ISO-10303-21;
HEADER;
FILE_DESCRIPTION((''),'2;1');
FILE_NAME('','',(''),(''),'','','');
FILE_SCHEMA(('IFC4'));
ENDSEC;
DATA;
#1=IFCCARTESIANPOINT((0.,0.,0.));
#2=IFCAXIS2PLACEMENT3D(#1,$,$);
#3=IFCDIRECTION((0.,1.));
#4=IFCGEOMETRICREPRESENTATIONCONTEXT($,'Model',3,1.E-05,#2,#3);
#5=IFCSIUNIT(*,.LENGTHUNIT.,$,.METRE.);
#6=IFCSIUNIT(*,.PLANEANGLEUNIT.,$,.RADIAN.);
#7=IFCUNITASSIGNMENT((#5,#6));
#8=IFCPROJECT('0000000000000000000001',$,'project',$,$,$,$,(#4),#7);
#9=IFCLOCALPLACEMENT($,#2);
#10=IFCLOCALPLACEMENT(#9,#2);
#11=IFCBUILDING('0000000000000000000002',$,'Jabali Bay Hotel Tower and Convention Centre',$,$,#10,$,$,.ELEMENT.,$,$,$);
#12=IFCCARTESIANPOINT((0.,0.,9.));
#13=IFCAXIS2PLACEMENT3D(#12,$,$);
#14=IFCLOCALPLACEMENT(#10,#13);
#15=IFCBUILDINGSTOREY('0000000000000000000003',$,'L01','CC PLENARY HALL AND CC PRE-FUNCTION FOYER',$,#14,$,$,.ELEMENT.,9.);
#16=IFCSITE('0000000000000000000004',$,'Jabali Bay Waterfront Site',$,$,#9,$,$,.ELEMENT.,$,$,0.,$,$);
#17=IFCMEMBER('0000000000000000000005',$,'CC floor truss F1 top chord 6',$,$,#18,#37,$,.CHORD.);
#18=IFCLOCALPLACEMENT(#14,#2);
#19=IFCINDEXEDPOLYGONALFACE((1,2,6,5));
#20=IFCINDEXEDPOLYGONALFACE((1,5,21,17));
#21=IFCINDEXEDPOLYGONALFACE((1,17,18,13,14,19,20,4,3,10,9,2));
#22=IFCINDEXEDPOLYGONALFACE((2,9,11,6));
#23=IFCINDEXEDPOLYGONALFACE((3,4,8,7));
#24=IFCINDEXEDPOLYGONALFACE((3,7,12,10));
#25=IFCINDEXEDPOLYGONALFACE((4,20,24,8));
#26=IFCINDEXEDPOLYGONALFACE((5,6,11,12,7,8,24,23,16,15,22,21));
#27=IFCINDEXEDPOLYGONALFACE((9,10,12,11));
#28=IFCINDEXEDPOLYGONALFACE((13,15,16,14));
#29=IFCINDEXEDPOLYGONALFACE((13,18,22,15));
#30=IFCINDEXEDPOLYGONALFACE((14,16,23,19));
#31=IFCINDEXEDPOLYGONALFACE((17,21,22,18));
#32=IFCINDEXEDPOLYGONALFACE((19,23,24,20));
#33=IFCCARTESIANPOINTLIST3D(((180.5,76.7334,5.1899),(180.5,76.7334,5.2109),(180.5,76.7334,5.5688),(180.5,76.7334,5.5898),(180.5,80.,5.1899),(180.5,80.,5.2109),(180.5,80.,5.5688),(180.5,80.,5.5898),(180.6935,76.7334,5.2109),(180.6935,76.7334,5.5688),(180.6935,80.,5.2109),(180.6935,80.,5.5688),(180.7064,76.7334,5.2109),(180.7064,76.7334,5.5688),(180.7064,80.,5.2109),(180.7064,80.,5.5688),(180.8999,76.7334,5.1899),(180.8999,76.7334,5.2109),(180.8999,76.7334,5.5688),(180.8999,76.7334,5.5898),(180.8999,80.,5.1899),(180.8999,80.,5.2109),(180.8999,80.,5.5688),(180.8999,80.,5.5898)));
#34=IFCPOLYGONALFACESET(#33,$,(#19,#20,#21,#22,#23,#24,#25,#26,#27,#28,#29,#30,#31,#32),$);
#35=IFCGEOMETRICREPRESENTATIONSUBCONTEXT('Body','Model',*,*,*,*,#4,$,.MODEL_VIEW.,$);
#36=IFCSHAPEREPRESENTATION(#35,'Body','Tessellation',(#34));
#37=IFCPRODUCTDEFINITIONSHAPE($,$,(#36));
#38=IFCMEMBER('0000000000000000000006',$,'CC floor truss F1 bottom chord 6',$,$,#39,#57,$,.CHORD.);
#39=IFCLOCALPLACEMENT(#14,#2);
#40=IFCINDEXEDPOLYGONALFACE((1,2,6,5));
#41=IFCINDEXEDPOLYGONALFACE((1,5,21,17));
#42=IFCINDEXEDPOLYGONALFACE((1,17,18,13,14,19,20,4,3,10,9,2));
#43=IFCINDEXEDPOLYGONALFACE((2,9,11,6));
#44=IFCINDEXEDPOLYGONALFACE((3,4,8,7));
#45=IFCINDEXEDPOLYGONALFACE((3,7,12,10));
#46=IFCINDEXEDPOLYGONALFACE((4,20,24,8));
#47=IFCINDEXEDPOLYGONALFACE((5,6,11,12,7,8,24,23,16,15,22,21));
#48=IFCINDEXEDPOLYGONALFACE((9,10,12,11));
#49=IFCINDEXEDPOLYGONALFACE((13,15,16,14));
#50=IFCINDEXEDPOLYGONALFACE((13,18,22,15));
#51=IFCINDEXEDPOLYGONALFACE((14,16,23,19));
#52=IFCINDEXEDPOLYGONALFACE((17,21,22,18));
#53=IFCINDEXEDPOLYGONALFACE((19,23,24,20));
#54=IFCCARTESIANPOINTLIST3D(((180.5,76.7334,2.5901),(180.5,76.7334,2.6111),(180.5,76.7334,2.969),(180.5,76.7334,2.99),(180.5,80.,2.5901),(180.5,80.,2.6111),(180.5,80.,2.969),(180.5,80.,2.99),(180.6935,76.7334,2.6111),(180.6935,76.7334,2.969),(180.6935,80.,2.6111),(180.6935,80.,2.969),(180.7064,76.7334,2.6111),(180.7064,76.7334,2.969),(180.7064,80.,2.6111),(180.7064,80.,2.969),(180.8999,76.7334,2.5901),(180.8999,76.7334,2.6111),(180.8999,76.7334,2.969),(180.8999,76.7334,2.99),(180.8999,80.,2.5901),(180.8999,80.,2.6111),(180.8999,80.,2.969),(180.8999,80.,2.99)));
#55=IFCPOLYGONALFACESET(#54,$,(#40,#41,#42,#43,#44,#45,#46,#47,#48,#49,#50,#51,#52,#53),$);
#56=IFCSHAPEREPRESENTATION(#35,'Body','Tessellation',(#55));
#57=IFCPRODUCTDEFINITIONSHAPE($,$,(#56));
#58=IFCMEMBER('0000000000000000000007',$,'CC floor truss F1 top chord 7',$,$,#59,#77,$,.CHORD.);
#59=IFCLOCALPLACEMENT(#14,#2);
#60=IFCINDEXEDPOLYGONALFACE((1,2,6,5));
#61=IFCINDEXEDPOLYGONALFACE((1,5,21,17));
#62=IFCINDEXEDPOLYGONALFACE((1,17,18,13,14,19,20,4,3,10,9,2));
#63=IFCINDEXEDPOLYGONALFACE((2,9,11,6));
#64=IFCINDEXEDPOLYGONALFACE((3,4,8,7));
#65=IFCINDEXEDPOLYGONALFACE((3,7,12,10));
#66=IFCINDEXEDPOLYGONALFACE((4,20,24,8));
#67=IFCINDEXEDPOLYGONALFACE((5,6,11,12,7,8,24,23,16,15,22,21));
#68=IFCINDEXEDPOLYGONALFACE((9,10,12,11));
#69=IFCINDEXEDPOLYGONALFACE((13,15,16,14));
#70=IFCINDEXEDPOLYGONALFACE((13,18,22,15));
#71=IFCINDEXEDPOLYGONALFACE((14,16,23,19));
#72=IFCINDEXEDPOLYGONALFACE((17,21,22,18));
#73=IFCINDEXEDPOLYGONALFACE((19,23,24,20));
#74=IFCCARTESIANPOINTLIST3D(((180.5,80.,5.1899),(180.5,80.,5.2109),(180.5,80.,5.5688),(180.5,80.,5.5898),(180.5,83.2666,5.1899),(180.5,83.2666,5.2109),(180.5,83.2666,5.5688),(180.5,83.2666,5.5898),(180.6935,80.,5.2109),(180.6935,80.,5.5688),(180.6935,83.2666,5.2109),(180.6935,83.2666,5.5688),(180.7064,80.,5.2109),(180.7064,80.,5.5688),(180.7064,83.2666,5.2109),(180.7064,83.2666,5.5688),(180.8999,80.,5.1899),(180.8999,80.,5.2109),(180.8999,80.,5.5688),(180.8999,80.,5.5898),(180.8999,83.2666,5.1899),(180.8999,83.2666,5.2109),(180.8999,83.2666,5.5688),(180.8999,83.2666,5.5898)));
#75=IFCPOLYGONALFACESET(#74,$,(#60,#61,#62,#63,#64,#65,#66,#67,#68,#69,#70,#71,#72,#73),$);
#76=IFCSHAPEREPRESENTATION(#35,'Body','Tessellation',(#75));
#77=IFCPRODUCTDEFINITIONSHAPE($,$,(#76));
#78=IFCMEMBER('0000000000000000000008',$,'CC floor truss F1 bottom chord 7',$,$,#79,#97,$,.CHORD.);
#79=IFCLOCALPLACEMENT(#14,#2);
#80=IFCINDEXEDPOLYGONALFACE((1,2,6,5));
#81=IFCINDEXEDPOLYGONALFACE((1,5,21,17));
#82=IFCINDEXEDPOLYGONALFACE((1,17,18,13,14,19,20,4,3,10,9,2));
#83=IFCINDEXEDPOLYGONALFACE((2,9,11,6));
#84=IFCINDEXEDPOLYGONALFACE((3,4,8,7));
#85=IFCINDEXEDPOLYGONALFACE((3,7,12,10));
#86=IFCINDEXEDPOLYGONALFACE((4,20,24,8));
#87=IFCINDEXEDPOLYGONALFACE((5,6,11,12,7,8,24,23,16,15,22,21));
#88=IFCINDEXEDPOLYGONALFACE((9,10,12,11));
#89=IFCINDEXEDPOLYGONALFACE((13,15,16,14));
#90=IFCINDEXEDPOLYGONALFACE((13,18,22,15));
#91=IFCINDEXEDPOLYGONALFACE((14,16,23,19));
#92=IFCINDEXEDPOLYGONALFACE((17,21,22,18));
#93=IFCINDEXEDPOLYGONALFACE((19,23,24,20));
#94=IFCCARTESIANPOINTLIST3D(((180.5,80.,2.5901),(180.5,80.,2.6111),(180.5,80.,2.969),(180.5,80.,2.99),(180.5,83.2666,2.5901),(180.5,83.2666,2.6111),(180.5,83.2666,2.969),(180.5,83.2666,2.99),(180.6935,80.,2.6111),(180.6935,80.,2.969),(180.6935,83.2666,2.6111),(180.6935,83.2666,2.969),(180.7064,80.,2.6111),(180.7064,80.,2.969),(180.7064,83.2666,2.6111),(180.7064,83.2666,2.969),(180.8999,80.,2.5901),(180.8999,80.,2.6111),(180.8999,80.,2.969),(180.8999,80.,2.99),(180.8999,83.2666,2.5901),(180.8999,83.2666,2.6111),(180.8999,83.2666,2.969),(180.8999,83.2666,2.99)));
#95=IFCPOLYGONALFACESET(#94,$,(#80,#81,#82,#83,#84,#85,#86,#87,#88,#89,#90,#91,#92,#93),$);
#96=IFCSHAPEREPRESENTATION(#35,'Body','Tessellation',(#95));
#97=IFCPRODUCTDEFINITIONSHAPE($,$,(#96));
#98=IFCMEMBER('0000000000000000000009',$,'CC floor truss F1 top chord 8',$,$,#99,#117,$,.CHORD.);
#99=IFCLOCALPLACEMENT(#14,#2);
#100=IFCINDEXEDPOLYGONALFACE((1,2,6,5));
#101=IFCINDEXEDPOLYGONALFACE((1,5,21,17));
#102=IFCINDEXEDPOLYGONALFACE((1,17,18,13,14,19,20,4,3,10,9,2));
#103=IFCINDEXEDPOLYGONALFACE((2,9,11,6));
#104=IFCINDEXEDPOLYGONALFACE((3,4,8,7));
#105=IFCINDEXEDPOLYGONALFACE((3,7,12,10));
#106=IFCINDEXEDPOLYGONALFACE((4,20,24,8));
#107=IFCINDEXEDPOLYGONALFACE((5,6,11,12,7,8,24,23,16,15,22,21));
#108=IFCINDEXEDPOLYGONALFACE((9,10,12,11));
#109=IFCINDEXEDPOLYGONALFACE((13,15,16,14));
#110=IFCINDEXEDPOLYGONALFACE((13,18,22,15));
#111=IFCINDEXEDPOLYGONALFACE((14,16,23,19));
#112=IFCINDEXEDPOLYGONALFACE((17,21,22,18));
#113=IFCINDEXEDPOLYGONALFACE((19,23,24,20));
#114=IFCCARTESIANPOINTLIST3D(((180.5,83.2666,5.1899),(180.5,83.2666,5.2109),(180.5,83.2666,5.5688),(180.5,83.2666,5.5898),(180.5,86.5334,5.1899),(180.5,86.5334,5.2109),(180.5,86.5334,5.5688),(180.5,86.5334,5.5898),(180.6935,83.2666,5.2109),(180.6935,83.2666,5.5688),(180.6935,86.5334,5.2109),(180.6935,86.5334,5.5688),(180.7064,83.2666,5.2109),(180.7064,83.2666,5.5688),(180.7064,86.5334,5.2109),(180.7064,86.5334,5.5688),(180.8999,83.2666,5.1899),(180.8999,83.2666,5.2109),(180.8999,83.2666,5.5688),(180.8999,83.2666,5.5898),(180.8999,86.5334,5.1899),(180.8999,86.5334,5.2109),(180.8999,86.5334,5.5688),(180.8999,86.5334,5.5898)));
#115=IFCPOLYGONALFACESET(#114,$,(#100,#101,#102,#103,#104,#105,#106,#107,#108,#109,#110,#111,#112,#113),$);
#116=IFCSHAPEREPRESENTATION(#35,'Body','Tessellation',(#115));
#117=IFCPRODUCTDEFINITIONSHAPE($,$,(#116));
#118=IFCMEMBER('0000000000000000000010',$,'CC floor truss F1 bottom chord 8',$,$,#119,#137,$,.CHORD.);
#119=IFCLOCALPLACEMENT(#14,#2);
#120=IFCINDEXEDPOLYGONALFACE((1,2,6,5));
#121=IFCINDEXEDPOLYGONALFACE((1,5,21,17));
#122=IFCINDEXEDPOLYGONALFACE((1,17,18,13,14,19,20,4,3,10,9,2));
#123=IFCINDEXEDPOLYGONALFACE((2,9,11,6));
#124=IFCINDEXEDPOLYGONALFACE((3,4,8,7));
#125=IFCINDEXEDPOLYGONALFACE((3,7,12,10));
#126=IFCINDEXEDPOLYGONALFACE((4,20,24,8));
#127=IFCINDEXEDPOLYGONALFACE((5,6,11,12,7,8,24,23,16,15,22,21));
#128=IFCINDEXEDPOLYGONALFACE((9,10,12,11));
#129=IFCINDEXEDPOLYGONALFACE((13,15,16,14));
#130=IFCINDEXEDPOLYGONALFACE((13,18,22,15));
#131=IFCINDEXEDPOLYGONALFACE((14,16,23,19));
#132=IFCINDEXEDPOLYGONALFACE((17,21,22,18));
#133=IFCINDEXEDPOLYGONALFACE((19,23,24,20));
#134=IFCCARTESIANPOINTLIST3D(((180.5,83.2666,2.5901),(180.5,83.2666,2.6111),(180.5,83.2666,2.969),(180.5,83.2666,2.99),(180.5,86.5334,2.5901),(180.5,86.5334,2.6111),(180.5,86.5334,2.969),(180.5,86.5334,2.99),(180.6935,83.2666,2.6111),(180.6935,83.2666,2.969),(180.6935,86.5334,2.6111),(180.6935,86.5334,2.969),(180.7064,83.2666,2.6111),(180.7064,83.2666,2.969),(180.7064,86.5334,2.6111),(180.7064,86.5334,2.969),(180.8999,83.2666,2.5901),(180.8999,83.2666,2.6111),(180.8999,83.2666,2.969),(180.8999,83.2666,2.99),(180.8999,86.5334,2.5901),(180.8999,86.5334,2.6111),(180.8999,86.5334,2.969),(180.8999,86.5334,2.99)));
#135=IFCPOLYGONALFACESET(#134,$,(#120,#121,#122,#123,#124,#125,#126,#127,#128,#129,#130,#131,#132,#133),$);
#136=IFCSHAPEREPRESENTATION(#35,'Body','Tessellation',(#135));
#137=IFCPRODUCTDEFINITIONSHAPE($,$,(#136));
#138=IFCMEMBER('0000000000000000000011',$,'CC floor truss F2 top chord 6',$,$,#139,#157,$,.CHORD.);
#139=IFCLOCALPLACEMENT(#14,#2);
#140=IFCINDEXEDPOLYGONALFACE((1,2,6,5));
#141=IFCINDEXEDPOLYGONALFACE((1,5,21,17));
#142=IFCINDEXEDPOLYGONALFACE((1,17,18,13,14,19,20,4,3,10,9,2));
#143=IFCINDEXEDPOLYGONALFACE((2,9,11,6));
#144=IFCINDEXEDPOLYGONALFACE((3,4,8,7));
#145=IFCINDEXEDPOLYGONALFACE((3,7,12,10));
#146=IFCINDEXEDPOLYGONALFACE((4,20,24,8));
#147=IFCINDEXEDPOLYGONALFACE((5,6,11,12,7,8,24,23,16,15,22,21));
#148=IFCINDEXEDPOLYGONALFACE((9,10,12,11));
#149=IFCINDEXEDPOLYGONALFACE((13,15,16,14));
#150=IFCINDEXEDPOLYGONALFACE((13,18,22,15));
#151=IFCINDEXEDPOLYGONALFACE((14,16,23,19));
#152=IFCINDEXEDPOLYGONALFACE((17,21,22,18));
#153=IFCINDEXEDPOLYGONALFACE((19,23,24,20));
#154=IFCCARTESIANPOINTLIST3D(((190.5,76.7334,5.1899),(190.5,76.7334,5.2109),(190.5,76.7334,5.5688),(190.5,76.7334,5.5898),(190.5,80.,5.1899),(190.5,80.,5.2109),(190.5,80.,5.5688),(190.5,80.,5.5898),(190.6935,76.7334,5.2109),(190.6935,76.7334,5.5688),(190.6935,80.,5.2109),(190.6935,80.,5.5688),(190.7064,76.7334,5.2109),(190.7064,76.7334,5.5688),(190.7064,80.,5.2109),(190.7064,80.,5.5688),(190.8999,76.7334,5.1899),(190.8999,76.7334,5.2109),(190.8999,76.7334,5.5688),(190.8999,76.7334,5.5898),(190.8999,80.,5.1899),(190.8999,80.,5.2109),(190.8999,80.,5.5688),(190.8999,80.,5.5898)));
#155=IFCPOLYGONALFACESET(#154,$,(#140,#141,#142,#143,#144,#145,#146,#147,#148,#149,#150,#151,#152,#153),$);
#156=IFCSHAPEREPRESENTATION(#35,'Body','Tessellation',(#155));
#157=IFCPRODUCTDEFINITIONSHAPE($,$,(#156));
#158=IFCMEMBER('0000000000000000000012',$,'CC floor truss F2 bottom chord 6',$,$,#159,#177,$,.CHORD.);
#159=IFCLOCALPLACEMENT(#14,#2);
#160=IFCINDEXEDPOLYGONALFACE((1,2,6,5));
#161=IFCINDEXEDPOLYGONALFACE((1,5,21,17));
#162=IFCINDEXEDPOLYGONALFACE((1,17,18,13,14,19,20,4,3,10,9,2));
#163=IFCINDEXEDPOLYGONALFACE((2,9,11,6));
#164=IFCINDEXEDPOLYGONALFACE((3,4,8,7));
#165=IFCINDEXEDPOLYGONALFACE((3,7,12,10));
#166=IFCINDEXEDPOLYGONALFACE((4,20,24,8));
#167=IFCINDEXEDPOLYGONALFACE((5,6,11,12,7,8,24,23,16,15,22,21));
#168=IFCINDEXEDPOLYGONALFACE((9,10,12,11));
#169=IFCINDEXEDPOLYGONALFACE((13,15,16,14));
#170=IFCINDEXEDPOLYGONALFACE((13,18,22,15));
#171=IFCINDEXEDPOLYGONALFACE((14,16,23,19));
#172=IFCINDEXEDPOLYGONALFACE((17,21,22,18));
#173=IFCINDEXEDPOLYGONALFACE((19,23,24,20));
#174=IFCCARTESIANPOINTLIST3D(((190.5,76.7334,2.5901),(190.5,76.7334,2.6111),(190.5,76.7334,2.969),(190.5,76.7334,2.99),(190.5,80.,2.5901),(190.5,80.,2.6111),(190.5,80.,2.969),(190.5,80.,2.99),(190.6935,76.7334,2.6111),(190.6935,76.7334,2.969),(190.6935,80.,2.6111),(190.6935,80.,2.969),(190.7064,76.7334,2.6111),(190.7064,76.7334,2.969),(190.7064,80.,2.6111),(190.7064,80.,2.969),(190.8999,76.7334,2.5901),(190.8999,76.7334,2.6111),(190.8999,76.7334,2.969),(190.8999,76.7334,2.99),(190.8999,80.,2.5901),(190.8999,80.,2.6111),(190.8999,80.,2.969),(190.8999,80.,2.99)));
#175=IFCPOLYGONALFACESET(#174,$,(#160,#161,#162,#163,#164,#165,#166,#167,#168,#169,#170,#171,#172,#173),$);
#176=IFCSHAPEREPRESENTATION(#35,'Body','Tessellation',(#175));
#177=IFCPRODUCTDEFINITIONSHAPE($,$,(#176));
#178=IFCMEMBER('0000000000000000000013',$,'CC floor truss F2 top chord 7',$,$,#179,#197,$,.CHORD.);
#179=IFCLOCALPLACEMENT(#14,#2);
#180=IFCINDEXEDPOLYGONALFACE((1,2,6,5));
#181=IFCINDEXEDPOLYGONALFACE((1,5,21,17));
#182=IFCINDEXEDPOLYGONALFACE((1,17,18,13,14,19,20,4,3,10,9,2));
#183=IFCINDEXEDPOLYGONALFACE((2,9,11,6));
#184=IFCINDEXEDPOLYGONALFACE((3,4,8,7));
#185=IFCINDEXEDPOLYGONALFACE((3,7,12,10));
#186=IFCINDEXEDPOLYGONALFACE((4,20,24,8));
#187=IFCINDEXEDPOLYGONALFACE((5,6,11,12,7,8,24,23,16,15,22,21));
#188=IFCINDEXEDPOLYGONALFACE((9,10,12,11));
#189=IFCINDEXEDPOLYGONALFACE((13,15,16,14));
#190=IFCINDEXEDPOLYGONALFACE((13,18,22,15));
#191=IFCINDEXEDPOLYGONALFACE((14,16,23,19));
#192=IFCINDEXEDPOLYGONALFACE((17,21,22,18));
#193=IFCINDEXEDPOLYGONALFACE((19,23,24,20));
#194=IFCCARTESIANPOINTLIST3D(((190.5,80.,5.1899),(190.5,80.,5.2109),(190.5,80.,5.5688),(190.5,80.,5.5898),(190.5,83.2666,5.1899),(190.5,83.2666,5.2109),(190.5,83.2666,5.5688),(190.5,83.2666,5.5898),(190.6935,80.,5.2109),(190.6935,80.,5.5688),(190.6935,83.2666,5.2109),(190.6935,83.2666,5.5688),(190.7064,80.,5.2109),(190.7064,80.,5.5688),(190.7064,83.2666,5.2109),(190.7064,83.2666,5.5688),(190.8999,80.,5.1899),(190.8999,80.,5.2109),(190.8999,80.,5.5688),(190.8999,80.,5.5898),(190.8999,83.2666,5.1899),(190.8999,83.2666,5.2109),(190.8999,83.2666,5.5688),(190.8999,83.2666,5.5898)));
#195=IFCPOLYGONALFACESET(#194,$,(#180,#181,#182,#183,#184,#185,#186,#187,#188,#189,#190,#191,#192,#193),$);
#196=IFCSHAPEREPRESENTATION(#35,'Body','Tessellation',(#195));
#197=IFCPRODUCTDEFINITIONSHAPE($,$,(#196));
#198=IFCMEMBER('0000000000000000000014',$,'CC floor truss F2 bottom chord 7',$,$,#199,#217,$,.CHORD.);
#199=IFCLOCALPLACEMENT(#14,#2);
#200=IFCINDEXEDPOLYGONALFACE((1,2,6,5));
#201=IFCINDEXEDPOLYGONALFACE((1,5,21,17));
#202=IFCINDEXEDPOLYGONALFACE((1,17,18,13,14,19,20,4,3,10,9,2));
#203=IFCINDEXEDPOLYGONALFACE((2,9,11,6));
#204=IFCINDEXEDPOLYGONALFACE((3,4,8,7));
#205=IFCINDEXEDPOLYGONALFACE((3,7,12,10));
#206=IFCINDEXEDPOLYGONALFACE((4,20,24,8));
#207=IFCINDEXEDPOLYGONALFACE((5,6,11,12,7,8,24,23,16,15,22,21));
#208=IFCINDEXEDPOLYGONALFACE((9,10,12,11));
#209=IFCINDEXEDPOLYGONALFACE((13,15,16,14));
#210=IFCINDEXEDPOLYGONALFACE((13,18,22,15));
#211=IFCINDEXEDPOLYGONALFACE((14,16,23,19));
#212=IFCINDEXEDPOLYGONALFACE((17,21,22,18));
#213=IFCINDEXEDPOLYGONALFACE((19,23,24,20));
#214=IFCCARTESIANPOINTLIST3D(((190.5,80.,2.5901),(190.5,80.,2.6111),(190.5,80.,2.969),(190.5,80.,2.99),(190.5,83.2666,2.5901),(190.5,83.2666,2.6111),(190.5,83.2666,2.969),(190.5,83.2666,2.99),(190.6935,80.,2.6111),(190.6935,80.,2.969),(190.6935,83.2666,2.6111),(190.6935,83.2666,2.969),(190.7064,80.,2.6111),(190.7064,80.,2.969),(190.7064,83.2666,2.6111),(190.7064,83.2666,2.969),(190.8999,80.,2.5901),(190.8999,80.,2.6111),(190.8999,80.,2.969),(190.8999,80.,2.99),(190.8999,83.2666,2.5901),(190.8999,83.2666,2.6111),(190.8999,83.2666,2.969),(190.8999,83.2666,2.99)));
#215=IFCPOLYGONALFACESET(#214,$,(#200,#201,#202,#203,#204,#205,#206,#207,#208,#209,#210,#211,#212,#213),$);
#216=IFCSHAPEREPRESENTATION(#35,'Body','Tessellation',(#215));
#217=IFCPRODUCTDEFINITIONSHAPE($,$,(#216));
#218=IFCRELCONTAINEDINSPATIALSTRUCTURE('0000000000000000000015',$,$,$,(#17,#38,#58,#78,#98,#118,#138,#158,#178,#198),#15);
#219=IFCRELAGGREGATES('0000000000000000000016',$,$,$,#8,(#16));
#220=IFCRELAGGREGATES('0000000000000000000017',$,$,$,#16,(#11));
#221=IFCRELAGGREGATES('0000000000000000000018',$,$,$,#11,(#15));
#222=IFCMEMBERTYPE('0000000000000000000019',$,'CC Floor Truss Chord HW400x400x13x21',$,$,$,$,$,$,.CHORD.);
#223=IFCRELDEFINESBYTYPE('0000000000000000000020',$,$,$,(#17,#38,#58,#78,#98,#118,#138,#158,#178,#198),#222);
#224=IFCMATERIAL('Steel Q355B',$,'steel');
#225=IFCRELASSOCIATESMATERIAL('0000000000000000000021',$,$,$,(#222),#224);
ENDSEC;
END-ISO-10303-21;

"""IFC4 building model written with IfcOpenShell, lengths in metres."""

from ifc_helpers import new_model, si_unit, direction, frame, origin, origin_2d, place, context, subcontext, project, spatial, i_section, extrude, material, material_profile, profile_set, type_object, element, save


model = new_model("IFC4")

# Units and contexts
model_context = context("Model", 3, precision=1e-05, world=origin(), true_north=direction((0.0, 1.0)))
body_context = subcontext(model_context, "Body", "Model", "MODEL_VIEW")
ifc_project = project(units=[si_unit("LENGTHUNIT", "METRE"), si_unit("PLANEANGLEUNIT", "RADIAN")], contexts=[model_context])

# Site, building, storey
site_placement = place(None, origin())
site = spatial("IfcSite", under=ifc_project, at=site_placement, Name="Jabali Bay Waterfront Site", CompositionType="ELEMENT", RefElevation=0.0)
building_placement = place(site_placement, origin())
building = spatial("IfcBuilding", under=site, at=building_placement, Name="Jabali Bay Hotel Tower and Convention Centre", CompositionType="ELEMENT")
storey_placement = place(building_placement, frame((0.0, 0.0, 9.0)))
storey = spatial("IfcBuildingStorey", under=building, at=storey_placement, Name="L01", Description="CC PLENARY HALL AND CC PRE-FUNCTION FOYER", CompositionType="ELEMENT", Elevation=9.0)

# Members
ifc_material = material(Name="Steel Q355B", Category="steel")
ifc_material_profile_1 = material_profile(ifc_material, i_section(OverallWidth=0.3999, OverallDepth=0.3999, WebThickness=0.0129, FlangeThickness=0.021, at=origin_2d()), Name="HW400x400x13x21")
ifc_profile_set_1 = profile_set([ifc_material_profile_1], Name="Steel Q355B")
member_type_1 = type_object("IfcMemberType", Name="CC Floor Truss Chord HW400x400x13x21", PredefinedType="CHORD", material=ifc_profile_set_1)
for number, where, z_axis, x_axis, name in (
    (1, (180.7, 76.7334, 5.3899), (0.0, 1.0, 0.0), (-1.0, 0.0, 0.0), "CC floor truss F1 top chord 6"),
    (2, (180.7, 76.7334, 2.79), (0.0, 1.0, 0.0), (-1.0, 0.0, 0.0), "CC floor truss F1 bottom chord 6"),
    (3, (180.7, 80.0, 5.3899), (0.0, 1.0, 0.0), (-1.0, 0.0, 0.0), "CC floor truss F1 top chord 7"),
    (4, (180.7, 80.0, 2.79), (0.0, 1.0, 0.0), (-1.0, 0.0, 0.0), "CC floor truss F1 bottom chord 7"),
):
    element("IfcMember", number, at=place(storey_placement, frame(where, z_axis=z_axis, x_axis=x_axis)), inside=storey, type_object=member_type_1, Name=name, PredefinedType="CHORD", context=body_context, shape_type="SweptSolid", body=[
        extrude(i_section(OverallWidth=0.3999, OverallDepth=0.3999, WebThickness=0.0129, FlangeThickness=0.021, at=origin_2d()), origin(), (0.0, 0.0, 1.0), 3.2666),
    ])
for number, where, z_axis, x_axis, name in (
    (5, (180.7, 83.2666, 5.3899), (0.0, 1.0, 0.0), (-1.0, 0.0, 0.0), "CC floor truss F1 top chord 8"),
    (6, (180.7, 83.2666, 2.79), (0.0, 1.0, 0.0), (-1.0, 0.0, 0.0), "CC floor truss F1 bottom chord 8"),
):
    element("IfcMember", number, at=place(storey_placement, frame(where, z_axis=z_axis, x_axis=x_axis)), inside=storey, type_object=member_type_1, Name=name, PredefinedType="CHORD", context=body_context, shape_type="SweptSolid", body=[
        extrude(i_section(OverallWidth=0.3999, OverallDepth=0.3999, WebThickness=0.0129, FlangeThickness=0.021, at=origin_2d()), origin(), (0.0, 0.0, 1.0), 3.2668),
    ])
for number, where, z_axis, x_axis, name in (
    (7, (190.7, 76.7334, 5.3899), (0.0, 1.0, 0.0), (-1.0, 0.0, 0.0), "CC floor truss F2 top chord 6"),
    (8, (190.7, 76.7334, 2.79), (0.0, 1.0, 0.0), (-1.0, 0.0, 0.0), "CC floor truss F2 bottom chord 6"),
    (9, (190.7, 80.0, 5.3899), (0.0, 1.0, 0.0), (-1.0, 0.0, 0.0), "CC floor truss F2 top chord 7"),
    (10, (190.7, 80.0, 2.79), (0.0, 1.0, 0.0), (-1.0, 0.0, 0.0), "CC floor truss F2 bottom chord 7"),
):
    element("IfcMember", number, at=place(storey_placement, frame(where, z_axis=z_axis, x_axis=x_axis)), inside=storey, type_object=member_type_1, Name=name, PredefinedType="CHORD", context=body_context, shape_type="SweptSolid", body=[
        extrude(i_section(OverallWidth=0.3999, OverallDepth=0.3999, WebThickness=0.0129, FlangeThickness=0.021, at=origin_2d()), origin(), (0.0, 0.0, 1.0), 3.2666),
    ])

save(model, "model.ifc")
